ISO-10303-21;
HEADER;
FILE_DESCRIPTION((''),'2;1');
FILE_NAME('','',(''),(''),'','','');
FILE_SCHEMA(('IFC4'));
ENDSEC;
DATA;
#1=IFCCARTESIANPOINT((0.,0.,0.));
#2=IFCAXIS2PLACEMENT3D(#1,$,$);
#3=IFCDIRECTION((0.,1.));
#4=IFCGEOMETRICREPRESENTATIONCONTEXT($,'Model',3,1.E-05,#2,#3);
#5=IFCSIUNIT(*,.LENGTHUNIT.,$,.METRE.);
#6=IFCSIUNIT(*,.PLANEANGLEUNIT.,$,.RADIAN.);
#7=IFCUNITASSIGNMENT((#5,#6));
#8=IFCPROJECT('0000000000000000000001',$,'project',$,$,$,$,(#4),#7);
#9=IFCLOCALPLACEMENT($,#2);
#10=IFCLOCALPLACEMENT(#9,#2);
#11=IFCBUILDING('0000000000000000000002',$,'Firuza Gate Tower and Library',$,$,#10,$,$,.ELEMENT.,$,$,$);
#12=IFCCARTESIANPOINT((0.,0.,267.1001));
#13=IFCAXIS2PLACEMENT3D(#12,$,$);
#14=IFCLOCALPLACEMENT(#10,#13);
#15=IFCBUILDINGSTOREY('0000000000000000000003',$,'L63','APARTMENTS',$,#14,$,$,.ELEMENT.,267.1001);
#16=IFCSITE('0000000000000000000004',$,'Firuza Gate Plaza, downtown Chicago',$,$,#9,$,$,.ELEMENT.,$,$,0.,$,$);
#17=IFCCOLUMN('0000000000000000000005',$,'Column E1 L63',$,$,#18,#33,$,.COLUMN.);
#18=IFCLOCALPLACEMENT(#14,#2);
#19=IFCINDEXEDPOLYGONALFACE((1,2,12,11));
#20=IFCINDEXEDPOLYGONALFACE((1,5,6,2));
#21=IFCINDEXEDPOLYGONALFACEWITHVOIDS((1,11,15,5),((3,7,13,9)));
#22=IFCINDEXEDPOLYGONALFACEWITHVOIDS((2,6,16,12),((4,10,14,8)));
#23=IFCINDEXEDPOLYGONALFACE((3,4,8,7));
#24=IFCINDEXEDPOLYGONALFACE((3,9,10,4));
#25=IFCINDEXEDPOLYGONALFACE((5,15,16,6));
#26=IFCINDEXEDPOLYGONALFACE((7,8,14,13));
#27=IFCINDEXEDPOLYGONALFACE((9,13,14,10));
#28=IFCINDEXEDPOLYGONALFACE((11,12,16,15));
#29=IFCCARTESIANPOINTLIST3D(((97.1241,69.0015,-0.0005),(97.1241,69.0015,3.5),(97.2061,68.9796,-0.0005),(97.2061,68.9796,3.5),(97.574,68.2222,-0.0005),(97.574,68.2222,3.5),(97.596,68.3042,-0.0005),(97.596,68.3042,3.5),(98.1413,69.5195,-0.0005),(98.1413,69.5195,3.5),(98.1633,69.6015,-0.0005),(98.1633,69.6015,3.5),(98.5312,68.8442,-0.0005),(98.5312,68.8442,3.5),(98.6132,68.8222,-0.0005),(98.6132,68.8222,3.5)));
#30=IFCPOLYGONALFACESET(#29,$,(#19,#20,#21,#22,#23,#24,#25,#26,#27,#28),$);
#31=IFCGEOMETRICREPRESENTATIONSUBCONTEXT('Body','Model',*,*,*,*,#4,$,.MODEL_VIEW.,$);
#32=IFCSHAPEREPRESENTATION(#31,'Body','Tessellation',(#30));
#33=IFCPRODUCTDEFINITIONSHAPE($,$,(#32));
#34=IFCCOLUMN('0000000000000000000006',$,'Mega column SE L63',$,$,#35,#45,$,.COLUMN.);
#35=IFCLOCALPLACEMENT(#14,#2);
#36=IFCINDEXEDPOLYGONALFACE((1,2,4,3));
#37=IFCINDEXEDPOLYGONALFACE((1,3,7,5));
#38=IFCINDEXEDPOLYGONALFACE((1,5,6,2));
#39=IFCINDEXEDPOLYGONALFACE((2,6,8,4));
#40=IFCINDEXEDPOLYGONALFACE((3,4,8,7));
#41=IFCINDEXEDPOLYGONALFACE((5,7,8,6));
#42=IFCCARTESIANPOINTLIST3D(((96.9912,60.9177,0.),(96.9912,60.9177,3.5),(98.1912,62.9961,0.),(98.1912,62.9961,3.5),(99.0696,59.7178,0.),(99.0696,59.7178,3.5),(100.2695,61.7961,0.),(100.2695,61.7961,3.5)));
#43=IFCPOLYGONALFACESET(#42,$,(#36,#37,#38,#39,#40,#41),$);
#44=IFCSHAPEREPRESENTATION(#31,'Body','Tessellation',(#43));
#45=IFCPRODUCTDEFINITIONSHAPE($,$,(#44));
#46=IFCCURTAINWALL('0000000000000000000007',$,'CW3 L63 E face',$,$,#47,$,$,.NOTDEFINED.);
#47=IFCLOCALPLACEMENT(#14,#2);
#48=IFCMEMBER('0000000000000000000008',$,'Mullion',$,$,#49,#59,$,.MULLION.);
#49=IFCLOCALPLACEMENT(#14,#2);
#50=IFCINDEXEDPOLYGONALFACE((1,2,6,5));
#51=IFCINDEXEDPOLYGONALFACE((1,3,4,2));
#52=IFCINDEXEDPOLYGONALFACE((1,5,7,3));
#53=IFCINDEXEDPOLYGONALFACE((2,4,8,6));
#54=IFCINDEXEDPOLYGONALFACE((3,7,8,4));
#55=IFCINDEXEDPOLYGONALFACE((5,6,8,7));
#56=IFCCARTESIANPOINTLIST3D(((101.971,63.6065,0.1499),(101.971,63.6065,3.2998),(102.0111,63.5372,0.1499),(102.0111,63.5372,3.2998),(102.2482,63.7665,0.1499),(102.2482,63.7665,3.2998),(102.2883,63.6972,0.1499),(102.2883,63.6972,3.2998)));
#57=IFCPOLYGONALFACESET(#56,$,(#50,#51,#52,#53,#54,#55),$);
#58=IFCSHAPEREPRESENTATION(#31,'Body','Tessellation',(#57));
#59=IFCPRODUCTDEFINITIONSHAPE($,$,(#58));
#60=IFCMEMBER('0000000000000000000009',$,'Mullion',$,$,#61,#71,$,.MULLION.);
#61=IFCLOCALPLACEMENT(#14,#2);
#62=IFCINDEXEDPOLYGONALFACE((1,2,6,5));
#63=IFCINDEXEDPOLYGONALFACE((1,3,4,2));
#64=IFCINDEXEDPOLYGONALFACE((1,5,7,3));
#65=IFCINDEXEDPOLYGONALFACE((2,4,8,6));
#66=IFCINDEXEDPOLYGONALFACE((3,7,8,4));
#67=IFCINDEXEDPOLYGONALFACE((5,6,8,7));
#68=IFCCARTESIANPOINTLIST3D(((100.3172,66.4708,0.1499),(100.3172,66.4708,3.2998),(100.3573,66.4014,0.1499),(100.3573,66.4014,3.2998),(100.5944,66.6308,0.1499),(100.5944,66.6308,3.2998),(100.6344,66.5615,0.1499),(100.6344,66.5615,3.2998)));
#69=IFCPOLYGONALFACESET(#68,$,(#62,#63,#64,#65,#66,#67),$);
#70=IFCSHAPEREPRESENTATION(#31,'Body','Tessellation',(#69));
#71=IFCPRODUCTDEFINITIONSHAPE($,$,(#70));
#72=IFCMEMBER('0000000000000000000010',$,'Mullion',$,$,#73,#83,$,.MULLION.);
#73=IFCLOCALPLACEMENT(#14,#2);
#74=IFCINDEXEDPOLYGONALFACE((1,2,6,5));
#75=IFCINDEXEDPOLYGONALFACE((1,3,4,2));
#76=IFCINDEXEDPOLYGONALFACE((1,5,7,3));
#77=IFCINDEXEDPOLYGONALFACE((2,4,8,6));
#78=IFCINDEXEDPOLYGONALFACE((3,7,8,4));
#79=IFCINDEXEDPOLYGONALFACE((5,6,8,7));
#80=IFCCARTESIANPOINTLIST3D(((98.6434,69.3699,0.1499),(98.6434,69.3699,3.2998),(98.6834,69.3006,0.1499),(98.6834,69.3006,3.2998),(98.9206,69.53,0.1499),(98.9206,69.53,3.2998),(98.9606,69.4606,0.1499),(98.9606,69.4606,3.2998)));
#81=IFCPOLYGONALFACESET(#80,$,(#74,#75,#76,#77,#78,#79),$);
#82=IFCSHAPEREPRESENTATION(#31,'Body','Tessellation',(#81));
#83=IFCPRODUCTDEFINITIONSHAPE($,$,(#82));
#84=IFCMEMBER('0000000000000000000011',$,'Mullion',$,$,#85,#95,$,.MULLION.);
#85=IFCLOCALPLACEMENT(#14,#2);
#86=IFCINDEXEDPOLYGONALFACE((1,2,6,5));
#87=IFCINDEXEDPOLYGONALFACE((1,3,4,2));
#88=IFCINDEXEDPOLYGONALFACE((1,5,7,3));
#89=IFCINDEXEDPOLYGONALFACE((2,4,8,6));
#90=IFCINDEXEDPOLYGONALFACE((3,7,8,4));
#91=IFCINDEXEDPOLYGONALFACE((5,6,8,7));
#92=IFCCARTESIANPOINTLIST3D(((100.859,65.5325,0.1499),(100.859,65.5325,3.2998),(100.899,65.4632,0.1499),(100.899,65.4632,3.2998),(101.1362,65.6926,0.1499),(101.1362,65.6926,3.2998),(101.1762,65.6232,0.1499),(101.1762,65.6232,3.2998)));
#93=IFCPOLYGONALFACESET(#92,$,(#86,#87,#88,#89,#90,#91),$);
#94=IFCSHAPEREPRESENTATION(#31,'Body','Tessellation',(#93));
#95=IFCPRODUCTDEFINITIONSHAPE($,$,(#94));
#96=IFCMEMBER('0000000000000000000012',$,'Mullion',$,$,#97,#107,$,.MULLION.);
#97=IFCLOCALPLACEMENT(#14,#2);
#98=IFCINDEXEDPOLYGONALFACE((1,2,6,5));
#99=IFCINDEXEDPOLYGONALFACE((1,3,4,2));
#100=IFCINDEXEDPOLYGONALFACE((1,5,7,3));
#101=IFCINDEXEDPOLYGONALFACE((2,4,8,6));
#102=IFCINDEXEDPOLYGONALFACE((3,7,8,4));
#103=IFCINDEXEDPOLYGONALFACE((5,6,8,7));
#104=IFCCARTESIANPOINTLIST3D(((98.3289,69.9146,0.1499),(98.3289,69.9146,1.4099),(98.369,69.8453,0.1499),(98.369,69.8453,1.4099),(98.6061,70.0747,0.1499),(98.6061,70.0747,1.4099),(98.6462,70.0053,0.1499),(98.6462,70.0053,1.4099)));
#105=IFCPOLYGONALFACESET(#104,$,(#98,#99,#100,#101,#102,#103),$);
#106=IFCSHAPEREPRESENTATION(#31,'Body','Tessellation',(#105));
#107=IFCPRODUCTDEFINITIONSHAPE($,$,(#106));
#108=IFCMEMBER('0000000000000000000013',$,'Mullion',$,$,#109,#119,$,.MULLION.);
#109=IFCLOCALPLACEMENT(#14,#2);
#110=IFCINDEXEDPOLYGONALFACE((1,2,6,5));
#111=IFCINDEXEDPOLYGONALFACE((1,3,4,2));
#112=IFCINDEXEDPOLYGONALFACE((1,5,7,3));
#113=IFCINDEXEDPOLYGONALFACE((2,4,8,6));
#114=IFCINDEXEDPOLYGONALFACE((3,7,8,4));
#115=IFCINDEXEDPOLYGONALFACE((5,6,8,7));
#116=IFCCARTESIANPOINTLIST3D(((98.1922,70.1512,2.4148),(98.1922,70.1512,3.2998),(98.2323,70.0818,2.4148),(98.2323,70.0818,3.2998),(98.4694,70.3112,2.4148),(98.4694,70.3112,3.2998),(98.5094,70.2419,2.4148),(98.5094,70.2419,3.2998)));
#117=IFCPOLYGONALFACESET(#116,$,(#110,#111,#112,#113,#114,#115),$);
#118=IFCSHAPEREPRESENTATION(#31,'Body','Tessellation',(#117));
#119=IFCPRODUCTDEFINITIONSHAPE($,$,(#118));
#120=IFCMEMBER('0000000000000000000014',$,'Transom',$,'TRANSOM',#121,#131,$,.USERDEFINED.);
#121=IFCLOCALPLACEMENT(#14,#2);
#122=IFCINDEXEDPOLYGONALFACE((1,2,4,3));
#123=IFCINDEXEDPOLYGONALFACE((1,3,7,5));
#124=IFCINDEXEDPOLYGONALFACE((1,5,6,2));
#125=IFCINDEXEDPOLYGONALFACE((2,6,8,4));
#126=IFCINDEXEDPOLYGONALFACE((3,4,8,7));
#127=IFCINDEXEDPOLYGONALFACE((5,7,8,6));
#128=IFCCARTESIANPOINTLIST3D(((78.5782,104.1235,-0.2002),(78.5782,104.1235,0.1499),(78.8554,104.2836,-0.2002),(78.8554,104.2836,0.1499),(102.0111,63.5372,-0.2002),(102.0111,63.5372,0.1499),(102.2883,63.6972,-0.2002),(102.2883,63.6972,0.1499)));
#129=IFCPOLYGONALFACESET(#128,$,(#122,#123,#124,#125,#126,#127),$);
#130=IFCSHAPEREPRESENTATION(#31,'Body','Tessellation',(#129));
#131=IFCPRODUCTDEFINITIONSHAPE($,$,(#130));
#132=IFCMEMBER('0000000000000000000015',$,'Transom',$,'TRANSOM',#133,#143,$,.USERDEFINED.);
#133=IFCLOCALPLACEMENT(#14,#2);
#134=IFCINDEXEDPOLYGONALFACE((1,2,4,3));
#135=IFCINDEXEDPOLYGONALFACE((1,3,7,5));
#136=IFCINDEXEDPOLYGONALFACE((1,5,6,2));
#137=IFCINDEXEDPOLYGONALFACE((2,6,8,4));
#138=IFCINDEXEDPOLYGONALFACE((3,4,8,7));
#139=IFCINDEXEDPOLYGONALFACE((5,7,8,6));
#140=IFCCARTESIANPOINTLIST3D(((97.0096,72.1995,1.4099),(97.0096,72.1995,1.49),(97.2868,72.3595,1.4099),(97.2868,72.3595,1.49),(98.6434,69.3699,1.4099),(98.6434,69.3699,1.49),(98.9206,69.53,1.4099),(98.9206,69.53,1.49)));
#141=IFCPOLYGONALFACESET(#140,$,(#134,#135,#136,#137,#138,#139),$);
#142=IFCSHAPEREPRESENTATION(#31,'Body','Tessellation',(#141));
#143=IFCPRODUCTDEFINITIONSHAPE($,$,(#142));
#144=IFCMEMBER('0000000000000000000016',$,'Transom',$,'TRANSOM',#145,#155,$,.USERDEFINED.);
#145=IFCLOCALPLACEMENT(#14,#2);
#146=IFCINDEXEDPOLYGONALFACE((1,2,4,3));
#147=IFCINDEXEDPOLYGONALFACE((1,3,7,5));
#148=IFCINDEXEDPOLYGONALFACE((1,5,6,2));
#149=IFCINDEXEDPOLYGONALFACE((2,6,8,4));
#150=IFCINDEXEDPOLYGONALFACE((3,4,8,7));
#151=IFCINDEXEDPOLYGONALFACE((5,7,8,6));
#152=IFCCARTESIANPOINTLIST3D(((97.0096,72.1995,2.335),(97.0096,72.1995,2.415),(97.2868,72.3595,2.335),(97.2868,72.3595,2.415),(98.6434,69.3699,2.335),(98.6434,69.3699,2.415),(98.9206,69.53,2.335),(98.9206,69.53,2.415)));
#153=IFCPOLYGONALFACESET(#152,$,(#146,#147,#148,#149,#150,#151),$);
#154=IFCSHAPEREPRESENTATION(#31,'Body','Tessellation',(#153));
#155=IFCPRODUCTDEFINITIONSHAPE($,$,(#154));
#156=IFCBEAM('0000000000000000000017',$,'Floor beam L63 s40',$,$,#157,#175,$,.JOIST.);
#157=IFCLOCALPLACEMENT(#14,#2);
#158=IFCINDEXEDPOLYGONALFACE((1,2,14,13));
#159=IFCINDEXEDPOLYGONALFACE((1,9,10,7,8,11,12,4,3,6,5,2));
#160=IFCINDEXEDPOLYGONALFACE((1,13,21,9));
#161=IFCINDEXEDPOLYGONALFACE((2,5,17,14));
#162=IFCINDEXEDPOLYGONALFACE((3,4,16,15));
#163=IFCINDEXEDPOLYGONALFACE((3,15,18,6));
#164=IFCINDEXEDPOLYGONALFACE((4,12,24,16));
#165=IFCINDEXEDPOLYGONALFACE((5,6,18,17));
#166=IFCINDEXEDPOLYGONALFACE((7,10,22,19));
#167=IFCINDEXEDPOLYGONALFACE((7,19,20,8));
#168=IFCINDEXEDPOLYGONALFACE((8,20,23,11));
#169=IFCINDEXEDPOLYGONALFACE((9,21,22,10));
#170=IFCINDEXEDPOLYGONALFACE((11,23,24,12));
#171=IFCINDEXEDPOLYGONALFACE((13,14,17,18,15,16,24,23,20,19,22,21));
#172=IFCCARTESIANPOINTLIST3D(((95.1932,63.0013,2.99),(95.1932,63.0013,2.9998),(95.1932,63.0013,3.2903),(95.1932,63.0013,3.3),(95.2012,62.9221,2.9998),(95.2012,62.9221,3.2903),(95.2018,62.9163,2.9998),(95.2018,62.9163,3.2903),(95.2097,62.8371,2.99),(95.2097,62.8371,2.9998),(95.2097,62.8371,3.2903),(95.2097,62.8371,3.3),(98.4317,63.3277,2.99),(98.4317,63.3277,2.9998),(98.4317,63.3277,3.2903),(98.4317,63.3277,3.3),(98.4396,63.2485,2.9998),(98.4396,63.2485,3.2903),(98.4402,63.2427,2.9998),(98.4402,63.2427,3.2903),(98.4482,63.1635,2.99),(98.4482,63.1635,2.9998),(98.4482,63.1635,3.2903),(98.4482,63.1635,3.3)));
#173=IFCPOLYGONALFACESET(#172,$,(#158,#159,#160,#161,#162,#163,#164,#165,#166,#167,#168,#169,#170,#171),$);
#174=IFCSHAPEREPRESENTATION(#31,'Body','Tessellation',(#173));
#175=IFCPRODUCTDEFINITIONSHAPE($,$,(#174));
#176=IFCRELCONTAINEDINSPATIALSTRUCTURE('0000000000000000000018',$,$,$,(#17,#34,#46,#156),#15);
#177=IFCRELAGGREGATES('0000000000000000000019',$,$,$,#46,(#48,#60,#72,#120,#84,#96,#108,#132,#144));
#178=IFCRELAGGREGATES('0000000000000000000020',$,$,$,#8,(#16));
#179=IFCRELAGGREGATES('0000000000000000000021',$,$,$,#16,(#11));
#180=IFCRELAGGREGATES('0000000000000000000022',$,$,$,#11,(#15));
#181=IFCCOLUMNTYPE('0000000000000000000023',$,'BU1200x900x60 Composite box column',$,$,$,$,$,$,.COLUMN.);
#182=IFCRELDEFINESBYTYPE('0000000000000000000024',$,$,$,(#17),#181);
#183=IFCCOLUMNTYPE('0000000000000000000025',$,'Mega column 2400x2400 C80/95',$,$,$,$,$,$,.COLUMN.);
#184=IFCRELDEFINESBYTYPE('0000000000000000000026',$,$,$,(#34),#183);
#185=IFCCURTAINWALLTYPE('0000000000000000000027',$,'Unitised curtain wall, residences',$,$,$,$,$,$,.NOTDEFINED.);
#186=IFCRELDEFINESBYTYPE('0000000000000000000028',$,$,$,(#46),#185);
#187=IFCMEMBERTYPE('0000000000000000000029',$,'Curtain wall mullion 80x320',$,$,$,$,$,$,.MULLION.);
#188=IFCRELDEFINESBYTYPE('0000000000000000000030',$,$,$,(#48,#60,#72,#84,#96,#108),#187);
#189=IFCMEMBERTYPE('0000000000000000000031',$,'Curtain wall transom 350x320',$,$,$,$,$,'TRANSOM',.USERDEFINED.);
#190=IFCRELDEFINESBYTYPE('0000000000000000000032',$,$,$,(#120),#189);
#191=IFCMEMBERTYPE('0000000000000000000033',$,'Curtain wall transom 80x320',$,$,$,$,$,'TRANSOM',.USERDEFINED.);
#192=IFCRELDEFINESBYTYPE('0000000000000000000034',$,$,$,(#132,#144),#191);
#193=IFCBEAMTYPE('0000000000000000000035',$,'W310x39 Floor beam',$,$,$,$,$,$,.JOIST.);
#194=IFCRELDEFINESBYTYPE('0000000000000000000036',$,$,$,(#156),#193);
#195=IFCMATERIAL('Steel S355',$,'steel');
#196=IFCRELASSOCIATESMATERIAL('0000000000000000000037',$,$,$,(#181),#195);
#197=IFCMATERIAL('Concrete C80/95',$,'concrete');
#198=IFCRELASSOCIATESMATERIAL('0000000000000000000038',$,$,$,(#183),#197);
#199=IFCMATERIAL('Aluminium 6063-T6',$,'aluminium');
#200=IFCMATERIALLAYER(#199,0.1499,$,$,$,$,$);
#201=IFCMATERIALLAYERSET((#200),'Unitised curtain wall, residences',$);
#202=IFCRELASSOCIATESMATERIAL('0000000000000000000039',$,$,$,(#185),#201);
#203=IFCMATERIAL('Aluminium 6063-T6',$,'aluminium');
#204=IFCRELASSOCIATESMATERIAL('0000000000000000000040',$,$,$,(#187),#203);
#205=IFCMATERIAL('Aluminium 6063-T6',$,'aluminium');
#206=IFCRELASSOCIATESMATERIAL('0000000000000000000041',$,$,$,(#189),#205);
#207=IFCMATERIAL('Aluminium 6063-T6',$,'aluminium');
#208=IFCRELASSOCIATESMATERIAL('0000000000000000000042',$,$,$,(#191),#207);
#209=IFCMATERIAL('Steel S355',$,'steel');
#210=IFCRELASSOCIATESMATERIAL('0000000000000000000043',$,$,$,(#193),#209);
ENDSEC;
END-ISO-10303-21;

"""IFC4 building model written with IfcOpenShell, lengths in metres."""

from ifc_helpers import new_model, si_unit, direction, frame, origin, origin_2d, place, context, subcontext, project, spatial, rectangle, hollow_rectangle, i_section, extrude, material, layer, layer_set, material_profile, profile_set, type_object, element, aggregate, save


model = new_model("IFC4")

# Units and contexts
model_context = context("Model", 3, precision=1e-05, world=origin(), true_north=direction((0.0, 1.0)))
body_context = subcontext(model_context, "Body", "Model", "MODEL_VIEW")
ifc_project = project(units=[si_unit("LENGTHUNIT", "METRE"), si_unit("PLANEANGLEUNIT", "RADIAN")], contexts=[model_context])

# Site, building, storey
site_placement = place(None, origin())
site = spatial("IfcSite", under=ifc_project, at=site_placement, Name="Firuza Gate Plaza, downtown Chicago", CompositionType="ELEMENT", RefElevation=0.0)
building_placement = place(site_placement, origin())
building = spatial("IfcBuilding", under=site, at=building_placement, Name="Firuza Gate Tower and Library", CompositionType="ELEMENT")
storey_placement = place(building_placement, frame((0.0, 0.0, 267.1001)))
storey = spatial("IfcBuildingStorey", under=building, at=storey_placement, Name="L63", Description="APARTMENTS", CompositionType="ELEMENT", Elevation=267.1001)

# Columns
ifc_material_1 = material(Name="Steel S355", Category="steel")
ifc_material_profile_1 = material_profile(ifc_material_1, hollow_rectangle(XDim=0.8999, YDim=1.2, WallThickness=0.0601, at=origin_2d()))
ifc_profile_set_1 = profile_set([ifc_material_profile_1], Name="Steel S355")
column_type_1 = type_object("IfcColumnType", Name="BU1200x900x60 Composite box column", PredefinedType="COLUMN", material=ifc_profile_set_1)
column_1_placement = place(storey_placement, frame((97.8687, 68.9119, -0.0005), z_axis=(0.0, 0.0, 1.0), x_axis=(-0.5, 0.866025, 0.0)))
element("IfcColumn", 1, at=column_1_placement, inside=storey, type_object=column_type_1, Name="Column E1 L63", PredefinedType="COLUMN", context=body_context, shape_type="SweptSolid", body=[
    extrude(hollow_rectangle(XDim=0.8999, YDim=1.2, WallThickness=0.0601, at=origin_2d()), origin(), (0.0, 0.0, 1.0), 3.5005),
])
ifc_material_2 = material(Name="Concrete C80/95", Category="concrete")
ifc_material_profile_2 = material_profile(ifc_material_2, rectangle(XDim=2.3999, YDim=2.3999, at=origin_2d()))
ifc_profile_set_2 = profile_set([ifc_material_profile_2], Name="Concrete C80/95")
column_type_2 = type_object("IfcColumnType", Name="Mega column 2400x2400 C80/95", PredefinedType="COLUMN", material=ifc_profile_set_2)
column_2_placement = place(storey_placement, frame((98.6304, 61.3569, 0.0), z_axis=(0.0, 0.0, 1.0), x_axis=(0.5, 0.866025, 0.0)))
element("IfcColumn", 2, at=column_2_placement, inside=storey, type_object=column_type_2, Name="Mega column SE L63", PredefinedType="COLUMN", context=body_context, shape_type="SweptSolid", body=[
    extrude(rectangle(XDim=2.3999, YDim=2.3999, at=origin_2d()), origin(), (0.0, 0.0, 1.0), 3.5),
])

# Curtain wall, members
ifc_material_3 = material(Name="Aluminium 6063-T6", Category="aluminium")
ifc_layer_1 = layer(ifc_material_3, 0.1499)
ifc_layer_set_1 = layer_set([ifc_layer_1], Name="Unitised curtain wall, residences")
curtain_wall_type = type_object("IfcCurtainWallType", Name="Unitised curtain wall, residences", PredefinedType="NOTDEFINED", material=ifc_layer_set_1)
curtain_wall_placement = place(storey_placement, origin())
curtain_wall = element("IfcCurtainWall", 3, at=curtain_wall_placement, inside=storey, type_object=curtain_wall_type, Name="CW3 L63 E face", PredefinedType="NOTDEFINED")
ifc_material_4 = material(Name="Aluminium 6063-T6", Category="aluminium")
ifc_material_profile_3 = material_profile(ifc_material_4, rectangle(XDim=0.3201, YDim=0.0801, at=origin_2d()))
ifc_profile_set_3 = profile_set([ifc_material_profile_3], Name="Aluminium 6063-T6")
member_type_1 = type_object("IfcMemberType", Name="Curtain wall mullion 80x320", PredefinedType="MULLION", material=ifc_profile_set_3)
member_1_placement = place(storey_placement, frame((102.1296, 63.6519, 0.1499), z_axis=(0.0, 0.0, 1.0), x_axis=(-0.866025, -0.5, 0.0)))
member_1 = element("IfcMember", 4, at=member_1_placement, type_object=member_type_1, Name="Mullion", PredefinedType="MULLION", context=body_context, shape_type="SweptSolid", body=[
    extrude(rectangle(XDim=0.3201, YDim=0.0801, at=origin_2d()), origin(), (0.0, 0.0, 1.0), 3.1499),
])
member_2_placement = place(storey_placement, frame((100.4758, 66.5161, 0.1499), z_axis=(0.0, 0.0, 1.0), x_axis=(-0.866025, -0.5, 0.0)))
member_2 = element("IfcMember", 5, at=member_2_placement, type_object=member_type_1, Name="Mullion", PredefinedType="MULLION", context=body_context, shape_type="SweptSolid", body=[
    extrude(rectangle(XDim=0.3201, YDim=0.0801, at=origin_2d()), origin(), (0.0, 0.0, 1.0), 3.1499),
])
member_3_placement = place(storey_placement, frame((98.802, 69.4153, 0.1499), z_axis=(0.0, 0.0, 1.0), x_axis=(-0.866025, -0.5, 0.0)))
member_3 = element("IfcMember", 6, at=member_3_placement, type_object=member_type_1, Name="Mullion", PredefinedType="MULLION", context=body_context, shape_type="SweptSolid", body=[
    extrude(rectangle(XDim=0.3201, YDim=0.0801, at=origin_2d()), origin(), (0.0, 0.0, 1.0), 3.1499),
])
member_4_placement = place(storey_placement, frame((101.0176, 65.5779, 0.1499), z_axis=(0.0, 0.0, 1.0), x_axis=(-0.866025, -0.5, 0.0)))
member_4 = element("IfcMember", 7, at=member_4_placement, type_object=member_type_1, Name="Mullion", PredefinedType="MULLION", context=body_context, shape_type="SweptSolid", body=[
    extrude(rectangle(XDim=0.3201, YDim=0.0801, at=origin_2d()), origin(), (0.0, 0.0, 1.0), 3.1499),
])
member_5_placement = place(storey_placement, frame((98.4875, 69.96, 0.1499), z_axis=(0.0, 0.0, 1.0), x_axis=(-0.866025, -0.5, 0.0)))
member_5 = element("IfcMember", 8, at=member_5_placement, type_object=member_type_1, Name="Mullion", PredefinedType="MULLION", context=body_context, shape_type="SweptSolid", body=[
    extrude(rectangle(XDim=0.3201, YDim=0.0801, at=origin_2d()), origin(), (0.0, 0.0, 1.0), 1.26),
])
member_6_placement = place(storey_placement, frame((98.3508, 70.1965, 2.4148), z_axis=(0.0, 0.0, 1.0), x_axis=(-0.866025, -0.5, 0.0)))
member_6 = element("IfcMember", 9, at=member_6_placement, type_object=member_type_1, Name="Mullion", PredefinedType="MULLION", context=body_context, shape_type="SweptSolid", body=[
    extrude(rectangle(XDim=0.3201, YDim=0.0801, at=origin_2d()), origin(), (0.0, 0.0, 1.0), 0.885),
])
ifc_material_5 = material(Name="Aluminium 6063-T6", Category="aluminium")
ifc_material_profile_4 = material_profile(ifc_material_5, rectangle(XDim=0.3201, YDim=0.3501, at=origin_2d()))
ifc_profile_set_4 = profile_set([ifc_material_profile_4], Name="Aluminium 6063-T6")
member_type_2 = type_object("IfcMemberType", Name="Curtain wall transom 350x320", ElementType="TRANSOM", PredefinedType="USERDEFINED", material=ifc_profile_set_4)
member_7_placement = place(storey_placement, frame((102.1497, 63.6172, -0.0251), z_axis=(-0.500004, 0.866023, 0.0), x_axis=(-0.866023, -0.500004, 0.0)))
member_7 = element("IfcMember", 10, at=member_7_placement, type_object=member_type_2, Name="Transom", ObjectType="TRANSOM", PredefinedType="USERDEFINED", context=body_context, shape_type="SweptSolid", body=[
    extrude(rectangle(XDim=0.3201, YDim=0.3501, at=origin_2d()), origin(), (0.0, 0.0, 1.0), 46.8652),
])
ifc_material_6 = material(Name="Aluminium 6063-T6", Category="aluminium")
ifc_material_profile_5 = material_profile(ifc_material_6, rectangle(XDim=0.3201, YDim=0.0801, at=origin_2d()))
ifc_profile_set_5 = profile_set([ifc_material_profile_5], Name="Aluminium 6063-T6")
member_type_3 = type_object("IfcMemberType", Name="Curtain wall transom 80x320", ElementType="TRANSOM", PredefinedType="USERDEFINED", material=ifc_profile_set_5)
member_8_placement = place(storey_placement, frame((98.782, 69.45, 1.45), z_axis=(-0.500029, 0.866009, 0.0), x_axis=(-0.866009, -0.500029, 0.0)))
member_8 = element("IfcMember", 11, at=member_8_placement, type_object=member_type_3, Name="Transom", ObjectType="TRANSOM", PredefinedType="USERDEFINED", context=body_context, shape_type="SweptSolid", body=[
    extrude(rectangle(XDim=0.3201, YDim=0.0801, at=origin_2d()), origin(), (0.0, 0.0, 1.0), 3.2673),
])
member_9_placement = place(storey_placement, frame((98.782, 69.45, 2.375), z_axis=(-0.500029, 0.866009, 0.0), x_axis=(-0.866009, -0.500029, 0.0)))
member_9 = element("IfcMember", 12, at=member_9_placement, type_object=member_type_3, Name="Transom", ObjectType="TRANSOM", PredefinedType="USERDEFINED", context=body_context, shape_type="SweptSolid", body=[
    extrude(rectangle(XDim=0.3201, YDim=0.0801, at=origin_2d()), origin(), (0.0, 0.0, 1.0), 3.2673),
])

# Beam
ifc_material_7 = material(Name="Steel S355", Category="steel")
ifc_material_profile_6 = material_profile(ifc_material_7, i_section(OverallWidth=0.165, OverallDepth=0.3101, WebThickness=0.0059, FlangeThickness=0.0098, at=origin_2d()))
ifc_profile_set_6 = profile_set([ifc_material_profile_6], Name="Steel S355")
beam_type_1 = type_object("IfcBeamType", Name="W310x39 Floor beam", PredefinedType="JOIST", material=ifc_profile_set_6)
beam_1_placement = place(storey_placement, frame((98.4399, 63.2456, 3.145), z_axis=(-0.994959, -0.100283, 0.0), x_axis=(0.100283, -0.994959, 0.0)))
element("IfcBeam", 13, at=beam_1_placement, inside=storey, type_object=beam_type_1, Name="Floor beam L63 s40", PredefinedType="JOIST", context=body_context, shape_type="SweptSolid", body=[
    extrude(i_section(OverallWidth=0.165, OverallDepth=0.3101, WebThickness=0.0059, FlangeThickness=0.0098, at=origin_2d()), origin(), (0.0, 0.0, 1.0), 3.2549),
])

aggregate(curtain_wall, [member_1, member_2, member_3, member_7, member_4, member_5, member_6, member_8, member_9])

save(model, "model.ifc")
